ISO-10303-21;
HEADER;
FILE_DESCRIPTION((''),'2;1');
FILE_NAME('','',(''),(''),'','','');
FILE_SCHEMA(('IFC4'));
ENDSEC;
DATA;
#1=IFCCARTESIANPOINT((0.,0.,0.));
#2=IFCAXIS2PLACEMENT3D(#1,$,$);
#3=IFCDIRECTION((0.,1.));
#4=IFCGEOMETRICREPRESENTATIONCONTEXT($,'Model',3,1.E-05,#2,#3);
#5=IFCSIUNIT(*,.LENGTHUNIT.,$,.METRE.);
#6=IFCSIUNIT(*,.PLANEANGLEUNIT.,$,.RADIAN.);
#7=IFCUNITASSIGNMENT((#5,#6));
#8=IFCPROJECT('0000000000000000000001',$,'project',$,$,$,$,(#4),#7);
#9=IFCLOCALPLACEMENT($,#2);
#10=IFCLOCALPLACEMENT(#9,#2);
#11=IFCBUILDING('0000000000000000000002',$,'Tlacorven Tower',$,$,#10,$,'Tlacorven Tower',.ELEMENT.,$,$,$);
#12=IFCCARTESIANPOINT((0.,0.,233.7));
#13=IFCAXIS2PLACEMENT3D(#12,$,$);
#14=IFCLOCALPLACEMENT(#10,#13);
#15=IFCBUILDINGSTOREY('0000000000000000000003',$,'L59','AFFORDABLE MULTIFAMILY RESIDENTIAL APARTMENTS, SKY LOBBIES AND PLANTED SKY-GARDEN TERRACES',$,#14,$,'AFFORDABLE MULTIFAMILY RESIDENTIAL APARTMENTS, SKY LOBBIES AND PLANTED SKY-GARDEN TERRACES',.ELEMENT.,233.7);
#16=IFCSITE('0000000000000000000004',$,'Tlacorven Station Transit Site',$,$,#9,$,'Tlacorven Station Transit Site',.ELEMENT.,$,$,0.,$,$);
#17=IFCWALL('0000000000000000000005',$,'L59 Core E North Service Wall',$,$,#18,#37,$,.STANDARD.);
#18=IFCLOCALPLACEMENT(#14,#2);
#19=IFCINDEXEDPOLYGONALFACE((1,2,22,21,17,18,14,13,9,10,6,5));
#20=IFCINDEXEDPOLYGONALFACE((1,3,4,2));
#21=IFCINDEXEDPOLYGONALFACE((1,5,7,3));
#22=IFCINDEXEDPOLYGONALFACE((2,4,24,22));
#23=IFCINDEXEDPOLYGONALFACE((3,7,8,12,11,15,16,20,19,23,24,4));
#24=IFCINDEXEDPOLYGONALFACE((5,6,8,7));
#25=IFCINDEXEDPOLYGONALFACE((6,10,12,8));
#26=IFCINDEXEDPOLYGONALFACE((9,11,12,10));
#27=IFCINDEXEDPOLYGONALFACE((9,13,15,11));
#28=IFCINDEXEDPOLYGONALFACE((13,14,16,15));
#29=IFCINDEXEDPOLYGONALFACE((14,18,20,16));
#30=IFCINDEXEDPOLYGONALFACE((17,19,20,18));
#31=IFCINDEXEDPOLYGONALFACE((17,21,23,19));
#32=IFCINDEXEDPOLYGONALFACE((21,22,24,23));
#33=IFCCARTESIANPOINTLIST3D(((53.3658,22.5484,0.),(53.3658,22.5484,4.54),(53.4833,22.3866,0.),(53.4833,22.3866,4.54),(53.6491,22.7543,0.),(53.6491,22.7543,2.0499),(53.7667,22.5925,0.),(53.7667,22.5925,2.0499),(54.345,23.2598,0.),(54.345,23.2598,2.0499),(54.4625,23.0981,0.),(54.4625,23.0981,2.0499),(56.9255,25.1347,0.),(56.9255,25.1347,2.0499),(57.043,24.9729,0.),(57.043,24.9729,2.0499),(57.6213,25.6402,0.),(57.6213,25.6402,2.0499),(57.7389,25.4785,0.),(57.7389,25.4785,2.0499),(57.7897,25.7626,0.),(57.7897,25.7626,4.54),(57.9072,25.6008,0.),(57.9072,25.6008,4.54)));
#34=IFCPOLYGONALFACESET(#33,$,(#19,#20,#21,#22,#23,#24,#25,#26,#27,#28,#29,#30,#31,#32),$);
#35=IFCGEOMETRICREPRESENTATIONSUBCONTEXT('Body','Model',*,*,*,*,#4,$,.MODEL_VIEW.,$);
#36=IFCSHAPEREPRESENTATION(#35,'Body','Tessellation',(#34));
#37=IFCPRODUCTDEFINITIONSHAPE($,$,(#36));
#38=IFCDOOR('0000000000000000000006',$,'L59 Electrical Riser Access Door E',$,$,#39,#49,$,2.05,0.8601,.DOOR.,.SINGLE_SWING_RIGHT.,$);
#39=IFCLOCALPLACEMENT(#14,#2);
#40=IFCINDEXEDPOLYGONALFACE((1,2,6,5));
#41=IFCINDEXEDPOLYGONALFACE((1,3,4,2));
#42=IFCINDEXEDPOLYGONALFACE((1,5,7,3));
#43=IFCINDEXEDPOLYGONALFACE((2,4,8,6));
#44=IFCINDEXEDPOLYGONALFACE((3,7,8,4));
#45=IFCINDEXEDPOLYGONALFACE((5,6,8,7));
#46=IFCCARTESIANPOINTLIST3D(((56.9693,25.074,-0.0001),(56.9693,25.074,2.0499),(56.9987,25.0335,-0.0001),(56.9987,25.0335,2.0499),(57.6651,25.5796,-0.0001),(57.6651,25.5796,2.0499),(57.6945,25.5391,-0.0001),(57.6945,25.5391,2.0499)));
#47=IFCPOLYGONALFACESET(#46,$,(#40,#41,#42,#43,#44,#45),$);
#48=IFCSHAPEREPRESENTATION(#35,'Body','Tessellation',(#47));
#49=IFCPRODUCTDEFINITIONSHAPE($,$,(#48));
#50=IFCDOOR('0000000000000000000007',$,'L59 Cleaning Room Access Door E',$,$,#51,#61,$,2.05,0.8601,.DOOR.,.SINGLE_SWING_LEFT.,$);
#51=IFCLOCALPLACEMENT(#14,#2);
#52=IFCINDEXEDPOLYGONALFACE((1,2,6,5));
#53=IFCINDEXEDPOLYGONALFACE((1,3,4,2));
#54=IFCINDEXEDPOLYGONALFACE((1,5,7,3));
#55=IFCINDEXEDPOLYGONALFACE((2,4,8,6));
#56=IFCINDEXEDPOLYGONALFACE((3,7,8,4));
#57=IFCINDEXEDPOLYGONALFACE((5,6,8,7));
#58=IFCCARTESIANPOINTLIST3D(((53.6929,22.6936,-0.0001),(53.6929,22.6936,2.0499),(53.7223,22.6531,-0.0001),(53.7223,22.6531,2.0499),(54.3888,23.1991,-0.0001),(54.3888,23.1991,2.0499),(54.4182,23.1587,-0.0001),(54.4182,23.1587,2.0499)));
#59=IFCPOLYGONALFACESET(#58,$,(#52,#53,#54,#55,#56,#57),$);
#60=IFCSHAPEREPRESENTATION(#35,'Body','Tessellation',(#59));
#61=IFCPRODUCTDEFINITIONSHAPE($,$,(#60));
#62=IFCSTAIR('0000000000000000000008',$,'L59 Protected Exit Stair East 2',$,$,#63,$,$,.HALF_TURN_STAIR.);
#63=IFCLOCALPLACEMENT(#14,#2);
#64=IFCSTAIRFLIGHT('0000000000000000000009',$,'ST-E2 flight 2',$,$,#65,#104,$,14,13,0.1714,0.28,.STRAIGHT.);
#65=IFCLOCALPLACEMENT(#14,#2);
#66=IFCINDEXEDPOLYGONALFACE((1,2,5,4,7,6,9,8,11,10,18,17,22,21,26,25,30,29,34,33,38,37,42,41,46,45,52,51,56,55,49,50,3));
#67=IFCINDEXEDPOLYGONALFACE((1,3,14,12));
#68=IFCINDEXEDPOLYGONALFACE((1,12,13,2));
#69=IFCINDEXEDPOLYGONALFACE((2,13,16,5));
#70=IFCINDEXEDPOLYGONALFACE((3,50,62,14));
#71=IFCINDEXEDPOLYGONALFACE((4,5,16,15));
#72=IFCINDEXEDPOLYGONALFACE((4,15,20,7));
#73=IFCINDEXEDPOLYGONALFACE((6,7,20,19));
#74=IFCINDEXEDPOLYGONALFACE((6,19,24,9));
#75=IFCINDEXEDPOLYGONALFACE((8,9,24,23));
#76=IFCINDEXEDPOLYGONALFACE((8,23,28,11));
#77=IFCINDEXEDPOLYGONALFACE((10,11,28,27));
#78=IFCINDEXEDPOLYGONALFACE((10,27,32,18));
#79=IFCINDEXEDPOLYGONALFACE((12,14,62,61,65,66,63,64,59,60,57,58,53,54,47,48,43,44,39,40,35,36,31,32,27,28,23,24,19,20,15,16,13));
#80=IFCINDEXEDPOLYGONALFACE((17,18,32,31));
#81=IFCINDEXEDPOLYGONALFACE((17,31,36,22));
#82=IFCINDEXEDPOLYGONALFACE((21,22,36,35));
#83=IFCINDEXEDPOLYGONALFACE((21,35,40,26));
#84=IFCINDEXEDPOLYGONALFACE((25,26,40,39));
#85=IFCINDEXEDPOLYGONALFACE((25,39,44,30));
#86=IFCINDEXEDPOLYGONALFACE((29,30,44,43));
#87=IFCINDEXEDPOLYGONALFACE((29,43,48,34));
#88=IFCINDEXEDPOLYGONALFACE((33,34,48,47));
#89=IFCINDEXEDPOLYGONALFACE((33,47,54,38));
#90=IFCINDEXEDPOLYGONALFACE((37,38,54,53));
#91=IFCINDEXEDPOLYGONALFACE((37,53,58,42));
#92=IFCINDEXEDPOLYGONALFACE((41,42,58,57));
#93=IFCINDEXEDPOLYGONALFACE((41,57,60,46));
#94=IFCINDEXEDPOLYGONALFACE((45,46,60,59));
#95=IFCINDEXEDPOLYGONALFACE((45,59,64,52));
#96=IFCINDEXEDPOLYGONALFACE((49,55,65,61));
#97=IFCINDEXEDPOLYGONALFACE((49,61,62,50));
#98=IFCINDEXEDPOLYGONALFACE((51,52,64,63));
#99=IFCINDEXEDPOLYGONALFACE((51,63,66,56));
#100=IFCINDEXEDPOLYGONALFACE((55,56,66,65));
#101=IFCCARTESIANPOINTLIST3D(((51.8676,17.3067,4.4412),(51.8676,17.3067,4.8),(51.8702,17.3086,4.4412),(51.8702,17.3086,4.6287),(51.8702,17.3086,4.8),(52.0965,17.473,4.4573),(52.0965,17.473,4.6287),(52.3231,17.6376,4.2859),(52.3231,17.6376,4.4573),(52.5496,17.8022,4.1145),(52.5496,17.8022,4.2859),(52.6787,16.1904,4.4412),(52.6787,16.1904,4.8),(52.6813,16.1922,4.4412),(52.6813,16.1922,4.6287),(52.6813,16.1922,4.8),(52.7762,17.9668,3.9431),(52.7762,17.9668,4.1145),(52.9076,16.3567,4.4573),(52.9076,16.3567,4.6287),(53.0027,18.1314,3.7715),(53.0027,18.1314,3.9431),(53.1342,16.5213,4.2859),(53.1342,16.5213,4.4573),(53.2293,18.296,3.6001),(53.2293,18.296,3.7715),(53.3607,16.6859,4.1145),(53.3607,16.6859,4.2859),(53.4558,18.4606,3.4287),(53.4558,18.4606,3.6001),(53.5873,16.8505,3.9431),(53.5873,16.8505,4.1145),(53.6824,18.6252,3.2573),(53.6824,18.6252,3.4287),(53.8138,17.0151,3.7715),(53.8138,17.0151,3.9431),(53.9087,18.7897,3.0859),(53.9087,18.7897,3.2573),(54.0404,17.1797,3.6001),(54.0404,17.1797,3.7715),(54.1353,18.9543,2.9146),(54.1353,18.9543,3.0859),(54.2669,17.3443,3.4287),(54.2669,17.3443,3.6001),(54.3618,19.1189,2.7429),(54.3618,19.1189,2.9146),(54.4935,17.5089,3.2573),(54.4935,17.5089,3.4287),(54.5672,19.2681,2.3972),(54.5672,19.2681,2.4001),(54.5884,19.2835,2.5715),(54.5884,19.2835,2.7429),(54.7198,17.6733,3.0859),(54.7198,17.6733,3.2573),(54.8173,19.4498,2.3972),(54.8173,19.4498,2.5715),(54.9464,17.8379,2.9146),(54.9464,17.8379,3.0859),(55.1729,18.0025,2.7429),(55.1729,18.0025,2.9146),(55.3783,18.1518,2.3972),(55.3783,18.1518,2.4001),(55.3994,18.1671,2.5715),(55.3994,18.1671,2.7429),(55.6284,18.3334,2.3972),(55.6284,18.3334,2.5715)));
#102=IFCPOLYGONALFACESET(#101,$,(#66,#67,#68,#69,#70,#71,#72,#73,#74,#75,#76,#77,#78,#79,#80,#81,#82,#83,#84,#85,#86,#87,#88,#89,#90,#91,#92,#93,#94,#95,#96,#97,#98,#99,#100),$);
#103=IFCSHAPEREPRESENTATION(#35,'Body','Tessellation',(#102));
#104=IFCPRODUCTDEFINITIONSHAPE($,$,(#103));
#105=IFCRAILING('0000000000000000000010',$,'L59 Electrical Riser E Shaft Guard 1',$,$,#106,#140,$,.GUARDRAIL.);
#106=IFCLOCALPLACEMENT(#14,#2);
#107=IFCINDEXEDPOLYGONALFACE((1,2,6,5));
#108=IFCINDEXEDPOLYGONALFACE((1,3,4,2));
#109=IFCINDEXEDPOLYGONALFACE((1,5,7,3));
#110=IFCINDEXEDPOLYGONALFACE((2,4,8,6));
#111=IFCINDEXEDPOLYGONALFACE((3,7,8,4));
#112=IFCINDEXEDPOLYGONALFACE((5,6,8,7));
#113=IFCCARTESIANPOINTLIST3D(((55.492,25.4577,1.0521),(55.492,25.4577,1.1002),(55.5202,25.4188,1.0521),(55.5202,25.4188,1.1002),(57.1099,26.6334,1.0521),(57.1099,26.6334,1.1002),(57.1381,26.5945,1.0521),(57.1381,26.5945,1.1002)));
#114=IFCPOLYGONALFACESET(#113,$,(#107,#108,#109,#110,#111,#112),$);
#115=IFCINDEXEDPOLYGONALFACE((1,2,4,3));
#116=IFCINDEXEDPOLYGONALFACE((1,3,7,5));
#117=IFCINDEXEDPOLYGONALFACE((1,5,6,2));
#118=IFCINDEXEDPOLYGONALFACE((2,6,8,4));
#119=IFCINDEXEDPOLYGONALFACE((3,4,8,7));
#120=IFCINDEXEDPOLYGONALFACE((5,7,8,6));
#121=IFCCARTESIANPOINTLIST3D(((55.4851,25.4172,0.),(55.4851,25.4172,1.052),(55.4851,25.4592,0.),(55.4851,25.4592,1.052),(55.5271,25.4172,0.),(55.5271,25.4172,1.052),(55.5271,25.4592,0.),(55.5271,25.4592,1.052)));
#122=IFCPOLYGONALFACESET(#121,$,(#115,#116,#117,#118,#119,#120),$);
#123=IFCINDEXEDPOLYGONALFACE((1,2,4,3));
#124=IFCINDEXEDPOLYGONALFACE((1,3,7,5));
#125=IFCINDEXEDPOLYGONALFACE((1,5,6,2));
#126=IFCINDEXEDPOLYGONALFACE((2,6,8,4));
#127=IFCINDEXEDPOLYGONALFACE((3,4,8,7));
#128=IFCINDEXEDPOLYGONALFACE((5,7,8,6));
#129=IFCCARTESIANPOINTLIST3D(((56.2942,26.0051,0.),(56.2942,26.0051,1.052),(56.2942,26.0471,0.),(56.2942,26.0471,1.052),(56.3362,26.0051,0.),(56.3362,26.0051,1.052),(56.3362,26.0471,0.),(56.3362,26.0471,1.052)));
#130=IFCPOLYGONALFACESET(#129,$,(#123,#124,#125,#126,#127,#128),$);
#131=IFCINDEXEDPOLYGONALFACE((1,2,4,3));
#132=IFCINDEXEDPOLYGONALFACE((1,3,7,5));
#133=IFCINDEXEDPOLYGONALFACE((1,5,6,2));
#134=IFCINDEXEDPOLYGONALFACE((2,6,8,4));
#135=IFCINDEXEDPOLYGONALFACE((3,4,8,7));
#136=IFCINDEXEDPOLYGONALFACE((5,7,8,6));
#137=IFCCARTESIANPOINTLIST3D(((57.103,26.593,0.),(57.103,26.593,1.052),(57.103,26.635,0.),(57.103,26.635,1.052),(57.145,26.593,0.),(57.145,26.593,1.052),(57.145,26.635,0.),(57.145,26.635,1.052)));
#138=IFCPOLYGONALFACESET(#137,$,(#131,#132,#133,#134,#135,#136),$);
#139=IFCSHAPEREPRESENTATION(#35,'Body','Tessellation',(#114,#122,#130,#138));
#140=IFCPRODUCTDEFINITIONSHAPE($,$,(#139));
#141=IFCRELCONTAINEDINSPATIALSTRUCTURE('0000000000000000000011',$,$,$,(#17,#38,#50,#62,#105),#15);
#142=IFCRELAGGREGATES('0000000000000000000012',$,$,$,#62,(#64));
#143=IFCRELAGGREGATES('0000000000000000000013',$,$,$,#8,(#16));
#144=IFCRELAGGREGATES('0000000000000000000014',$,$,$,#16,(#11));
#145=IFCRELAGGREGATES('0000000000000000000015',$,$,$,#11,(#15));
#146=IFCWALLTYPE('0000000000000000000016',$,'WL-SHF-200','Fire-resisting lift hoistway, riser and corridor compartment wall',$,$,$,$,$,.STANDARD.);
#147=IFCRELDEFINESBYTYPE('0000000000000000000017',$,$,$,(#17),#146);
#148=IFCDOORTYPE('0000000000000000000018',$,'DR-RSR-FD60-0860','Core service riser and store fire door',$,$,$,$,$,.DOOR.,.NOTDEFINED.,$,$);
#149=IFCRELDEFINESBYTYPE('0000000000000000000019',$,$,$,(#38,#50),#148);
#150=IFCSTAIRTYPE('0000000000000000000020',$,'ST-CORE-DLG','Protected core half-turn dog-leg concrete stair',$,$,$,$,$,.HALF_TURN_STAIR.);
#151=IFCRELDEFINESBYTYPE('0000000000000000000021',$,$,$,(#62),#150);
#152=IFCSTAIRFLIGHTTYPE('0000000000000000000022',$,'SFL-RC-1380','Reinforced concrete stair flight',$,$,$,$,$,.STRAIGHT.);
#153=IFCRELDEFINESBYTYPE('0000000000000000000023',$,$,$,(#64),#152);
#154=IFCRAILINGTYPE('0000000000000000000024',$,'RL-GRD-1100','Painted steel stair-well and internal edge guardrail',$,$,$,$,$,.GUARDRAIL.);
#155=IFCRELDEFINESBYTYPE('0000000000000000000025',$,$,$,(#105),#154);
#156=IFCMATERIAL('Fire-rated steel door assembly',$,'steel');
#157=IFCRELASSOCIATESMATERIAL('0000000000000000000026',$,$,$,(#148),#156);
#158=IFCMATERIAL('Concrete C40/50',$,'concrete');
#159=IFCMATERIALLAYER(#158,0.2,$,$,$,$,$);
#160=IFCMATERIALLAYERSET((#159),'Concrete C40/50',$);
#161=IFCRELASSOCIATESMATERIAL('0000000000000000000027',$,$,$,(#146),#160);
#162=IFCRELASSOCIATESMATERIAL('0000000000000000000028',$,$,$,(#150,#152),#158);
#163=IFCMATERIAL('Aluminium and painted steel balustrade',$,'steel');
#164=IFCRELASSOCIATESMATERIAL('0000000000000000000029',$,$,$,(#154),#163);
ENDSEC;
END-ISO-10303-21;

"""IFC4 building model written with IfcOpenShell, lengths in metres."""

from ifc_helpers import new_model, si_unit, direction, frame, frame_2d, origin, origin_2d, place, context, subcontext, project, spatial, polyline, rectangle, outline, extrude, source, transform, mapped, material, layer, layer_set, type_object, element, fill, aggregate, save


model = new_model("IFC4")

# Units and contexts
model_context = context("Model", 3, precision=1e-05, world=origin(), true_north=direction((0.0, 1.0)))
body_context = subcontext(model_context, "Body", "Model", "MODEL_VIEW")
ifc_project = project(units=[si_unit("LENGTHUNIT", "METRE"), si_unit("PLANEANGLEUNIT", "RADIAN")], contexts=[model_context])

# Site, building, storey
site_placement = place(None, origin())
site = spatial("IfcSite", under=ifc_project, at=site_placement, Name="Tlacorven Station Transit Site", LongName="Tlacorven Station Transit Site", CompositionType="ELEMENT", RefElevation=0.0)
building_placement = place(site_placement, origin())
building = spatial("IfcBuilding", under=site, at=building_placement, Name="Tlacorven Tower", LongName="Tlacorven Tower", CompositionType="ELEMENT")
storey_placement = place(building_placement, frame((0.0, 0.0, 233.7)))
storey = spatial("IfcBuildingStorey", under=building, at=storey_placement, Name="L59", Description="AFFORDABLE MULTIFAMILY RESIDENTIAL APARTMENTS, SKY LOBBIES AND PLANTED SKY-GARDEN TERRACES", LongName="AFFORDABLE MULTIFAMILY RESIDENTIAL APARTMENTS, SKY LOBBIES AND PLANTED SKY-GARDEN TERRACES", CompositionType="ELEMENT", Elevation=233.7)

# Shared definitions
ifc_material_1 = material(Name="Fire-rated steel door assembly", Category="steel")
door_type_1 = type_object("IfcDoorType", Name="DR-RSR-FD60-0860", Description="Core service riser and store fire door", OperationType="NOTDEFINED", PredefinedType="DOOR", material=ifc_material_1)
shared_shape_1 = source(origin(), body_context, "Body", "SweptSolid", [
    extrude(rectangle(XDim=0.8601, YDim=2.05, at=frame_2d((0.4302, 1.0249))), frame((0.0, 0.0249, 0.0), z_axis=(0.0, -1.0, 0.0), x_axis=(1.0, 0.0, 0.0)), (0.0, 0.0, 1.0), 0.05),
])

# Shared definitions
ifc_material_2 = material(Name="Concrete C40/50", Category="concrete")
ifc_layer_1 = layer(ifc_material_2, 0.2)
ifc_layer_set_1 = layer_set([ifc_layer_1], Name="Concrete C40/50")
wall_type_1 = type_object("IfcWallType", Name="WL-SHF-200", Description="Fire-resisting lift hoistway, riser and corridor compartment wall", PredefinedType="STANDARD", material=ifc_layer_set_1)

# Wall, openings, doors
wall_1_placement = place(storey_placement, frame((53.4246, 22.4675, 0.0), z_axis=(0.0, 0.0, 1.0), x_axis=(0.809016, 0.587787, 0.0)))
wall_1 = element("IfcWall", 1, at=wall_1_placement, inside=storey, type_object=wall_type_1, Name="L59 Core E North Service Wall", PredefinedType="STANDARD", context=body_context, shape_type="SweptSolid", body=[
    extrude(rectangle(XDim=5.4683, YDim=0.2, at=frame_2d((2.7341, 0.0))), origin(), (0.0, 0.0, 1.0), 4.54),
])
opening_1_placement = place(wall_1_placement, frame((4.3999, 0.0, 0.0)))
opening_1 = element("IfcOpeningElement", 2, at=opening_1_placement, cuts=wall_1, PredefinedType="OPENING", context=body_context, shape_type="SweptSolid", body=[
    extrude(rectangle(XDim=0.8601, YDim=2.05, at=frame_2d((0.4302, 1.0249))), frame((0.0, 0.1099, 0.0), z_axis=(0.0, -1.0, 0.0), x_axis=(1.0, 0.0, 0.0)), (0.0, 0.0, 1.0), 0.22),
])
opening_2_placement = place(wall_1_placement, frame((0.3501, 0.0, 0.0)))
opening_2 = element("IfcOpeningElement", 3, at=opening_2_placement, cuts=wall_1, PredefinedType="OPENING", context=body_context, shape_type="SweptSolid", body=[
    extrude(rectangle(XDim=0.8601, YDim=2.05, at=frame_2d((0.4302, 1.0249))), frame((0.0, 0.1099, 0.0), z_axis=(0.0, -1.0, 0.0), x_axis=(1.0, 0.0, 0.0)), (0.0, 0.0, 1.0), 0.22),
])
door_1_placement = place(opening_1_placement, frame((0.8601, 0.0, 0.0), z_axis=(0.0, 0.0, 1.0), x_axis=(-1.0, 0.0, 0.0)))
door_1 = element("IfcDoor", 4, at=door_1_placement, inside=storey, type_object=door_type_1, Name="L59 Electrical Riser Access Door E", OperationType="SINGLE_SWING_RIGHT", OverallHeight=2.05, OverallWidth=0.8601, PredefinedType="DOOR", context=body_context, shape_type="MappedRepresentation", body=[
    mapped(shared_shape_1, transform((0.0, 0.0, 0.0), scale=1.0)),
])
fill(opening_1, door_1)
door_2_placement = place(opening_2_placement, frame((0.8601, 0.0, 0.0), z_axis=(0.0, 0.0, 1.0), x_axis=(-1.0, 0.0, 0.0)))
door_2 = element("IfcDoor", 5, at=door_2_placement, inside=storey, type_object=door_type_1, Name="L59 Cleaning Room Access Door E", OperationType="SINGLE_SWING_LEFT", OverallHeight=2.05, OverallWidth=0.8601, PredefinedType="DOOR", context=body_context, shape_type="MappedRepresentation", body=[
    mapped(shared_shape_1, transform((0.0, 0.0, 0.0), scale=1.0)),
])
fill(opening_2, door_2)

# Stair, stair flight
stair_type = type_object("IfcStairType", Name="ST-CORE-DLG", Description="Protected core half-turn dog-leg concrete stair", PredefinedType="HALF_TURN_STAIR", material=ifc_material_2)
stair_placement = place(storey_placement, origin())
stair = element("IfcStair", 6, at=stair_placement, inside=storey, type_object=stair_type, Name="L59 Protected Exit Stair East 2", PredefinedType="HALF_TURN_STAIR")
stair_flight_type = type_object("IfcStairFlightType", Name="SFL-RC-1380", Description="Reinforced concrete stair flight", PredefinedType="STRAIGHT", material=ifc_material_2)
shared_shape_2 = source(origin(), body_context, "Body", "SweptSolid", [
    extrude(outline(polyline([(-0.0029, -0.0029), (-0.0029, 0.1714), (0.28, 0.1714), (0.28, 0.3428), (0.5601, 0.3428), (0.5601, 0.5144), (0.8401, 0.5144), (0.8401, 0.6858), (1.1201, 0.6858), (1.1201, 0.8572), (1.3999, 0.8572), (1.3999, 1.0286), (1.6799, 1.0286), (1.6799, 1.2), (1.96, 1.2), (1.96, 1.3713), (2.24, 1.3713), (2.24, 1.543), (2.52, 1.543), (2.52, 1.7144), (2.8, 1.7144), (2.8, 1.8857), (3.0801, 1.8857), (3.0801, 2.0571), (3.3601, 2.0571), (3.3601, 2.2285), (3.6399, 2.2285), (3.6399, 2.3999), (3.6431, 2.3999), (3.6431, 2.041), (3.6399, 2.041), (0.3062, 0.0), (0.3062, -0.0029), (-0.0029, -0.0029)])), frame((0.0, 0.6899, 0.0), z_axis=(0.0, -1.0, 0.0), x_axis=(1.0, 0.0, 0.0)), (0.0, 0.0, 1.0), 1.3799),
])
stair_flight_placement = place(storey_placement, frame((55.2205, 18.8899, 2.4001), z_axis=(0.0, 0.0, 1.0), x_axis=(-0.809017, -0.587785, 0.0)))
stair_flight = element("IfcStairFlight", 7, at=stair_flight_placement, type_object=stair_flight_type, Name="ST-E2 flight 2", NumberOfRisers=14, NumberOfTreads=13, PredefinedType="STRAIGHT", RiserHeight=0.1714, TreadLength=0.28, context=body_context, shape_type="MappedRepresentation", body=[
    mapped(shared_shape_2, transform((0.0, 0.0, 0.0), scale=1.0)),
])
aggregate(stair, [stair_flight])

# Railing
ifc_material_3 = material(Name="Aluminium and painted steel balustrade", Category="steel")
railing_type_1 = type_object("IfcRailingType", Name="RL-GRD-1100", Description="Painted steel stair-well and internal edge guardrail", PredefinedType="GUARDRAIL", material=ifc_material_3)
shared_shape_3 = source(origin(), body_context, "Body", "SweptSolid", [
    extrude(rectangle(XDim=0.0481, YDim=0.0481, at=origin_2d()), frame((0.0, 0.0, 1.0762), z_axis=(0.808947, 0.587881, 0.0), x_axis=(-0.587881, 0.808947, 0.0)), (0.0, 0.0, 1.0), 2.0),
    extrude(rectangle(XDim=0.042, YDim=0.042, at=origin_2d()), origin(), (0.0, 0.0, 1.0), 1.052),
    extrude(rectangle(XDim=0.042, YDim=0.042, at=origin_2d()), frame((0.8091, 0.5879, 0.0)), (0.0, 0.0, 1.0), 1.052),
    extrude(rectangle(XDim=0.042, YDim=0.042, at=origin_2d()), frame((1.6179, 1.1758, 0.0)), (0.0, 0.0, 1.0), 1.052),
])
railing_1_placement = place(storey_placement, frame((55.5061, 25.4382, 0.0)))
element("IfcRailing", 8, at=railing_1_placement, inside=storey, type_object=railing_type_1, Name="L59 Electrical Riser E Shaft Guard 1", PredefinedType="GUARDRAIL", context=body_context, shape_type="MappedRepresentation", body=[
    mapped(shared_shape_3, transform((0.0, 0.0, 0.0), scale=1.0)),
])

save(model, "model.ifc")
